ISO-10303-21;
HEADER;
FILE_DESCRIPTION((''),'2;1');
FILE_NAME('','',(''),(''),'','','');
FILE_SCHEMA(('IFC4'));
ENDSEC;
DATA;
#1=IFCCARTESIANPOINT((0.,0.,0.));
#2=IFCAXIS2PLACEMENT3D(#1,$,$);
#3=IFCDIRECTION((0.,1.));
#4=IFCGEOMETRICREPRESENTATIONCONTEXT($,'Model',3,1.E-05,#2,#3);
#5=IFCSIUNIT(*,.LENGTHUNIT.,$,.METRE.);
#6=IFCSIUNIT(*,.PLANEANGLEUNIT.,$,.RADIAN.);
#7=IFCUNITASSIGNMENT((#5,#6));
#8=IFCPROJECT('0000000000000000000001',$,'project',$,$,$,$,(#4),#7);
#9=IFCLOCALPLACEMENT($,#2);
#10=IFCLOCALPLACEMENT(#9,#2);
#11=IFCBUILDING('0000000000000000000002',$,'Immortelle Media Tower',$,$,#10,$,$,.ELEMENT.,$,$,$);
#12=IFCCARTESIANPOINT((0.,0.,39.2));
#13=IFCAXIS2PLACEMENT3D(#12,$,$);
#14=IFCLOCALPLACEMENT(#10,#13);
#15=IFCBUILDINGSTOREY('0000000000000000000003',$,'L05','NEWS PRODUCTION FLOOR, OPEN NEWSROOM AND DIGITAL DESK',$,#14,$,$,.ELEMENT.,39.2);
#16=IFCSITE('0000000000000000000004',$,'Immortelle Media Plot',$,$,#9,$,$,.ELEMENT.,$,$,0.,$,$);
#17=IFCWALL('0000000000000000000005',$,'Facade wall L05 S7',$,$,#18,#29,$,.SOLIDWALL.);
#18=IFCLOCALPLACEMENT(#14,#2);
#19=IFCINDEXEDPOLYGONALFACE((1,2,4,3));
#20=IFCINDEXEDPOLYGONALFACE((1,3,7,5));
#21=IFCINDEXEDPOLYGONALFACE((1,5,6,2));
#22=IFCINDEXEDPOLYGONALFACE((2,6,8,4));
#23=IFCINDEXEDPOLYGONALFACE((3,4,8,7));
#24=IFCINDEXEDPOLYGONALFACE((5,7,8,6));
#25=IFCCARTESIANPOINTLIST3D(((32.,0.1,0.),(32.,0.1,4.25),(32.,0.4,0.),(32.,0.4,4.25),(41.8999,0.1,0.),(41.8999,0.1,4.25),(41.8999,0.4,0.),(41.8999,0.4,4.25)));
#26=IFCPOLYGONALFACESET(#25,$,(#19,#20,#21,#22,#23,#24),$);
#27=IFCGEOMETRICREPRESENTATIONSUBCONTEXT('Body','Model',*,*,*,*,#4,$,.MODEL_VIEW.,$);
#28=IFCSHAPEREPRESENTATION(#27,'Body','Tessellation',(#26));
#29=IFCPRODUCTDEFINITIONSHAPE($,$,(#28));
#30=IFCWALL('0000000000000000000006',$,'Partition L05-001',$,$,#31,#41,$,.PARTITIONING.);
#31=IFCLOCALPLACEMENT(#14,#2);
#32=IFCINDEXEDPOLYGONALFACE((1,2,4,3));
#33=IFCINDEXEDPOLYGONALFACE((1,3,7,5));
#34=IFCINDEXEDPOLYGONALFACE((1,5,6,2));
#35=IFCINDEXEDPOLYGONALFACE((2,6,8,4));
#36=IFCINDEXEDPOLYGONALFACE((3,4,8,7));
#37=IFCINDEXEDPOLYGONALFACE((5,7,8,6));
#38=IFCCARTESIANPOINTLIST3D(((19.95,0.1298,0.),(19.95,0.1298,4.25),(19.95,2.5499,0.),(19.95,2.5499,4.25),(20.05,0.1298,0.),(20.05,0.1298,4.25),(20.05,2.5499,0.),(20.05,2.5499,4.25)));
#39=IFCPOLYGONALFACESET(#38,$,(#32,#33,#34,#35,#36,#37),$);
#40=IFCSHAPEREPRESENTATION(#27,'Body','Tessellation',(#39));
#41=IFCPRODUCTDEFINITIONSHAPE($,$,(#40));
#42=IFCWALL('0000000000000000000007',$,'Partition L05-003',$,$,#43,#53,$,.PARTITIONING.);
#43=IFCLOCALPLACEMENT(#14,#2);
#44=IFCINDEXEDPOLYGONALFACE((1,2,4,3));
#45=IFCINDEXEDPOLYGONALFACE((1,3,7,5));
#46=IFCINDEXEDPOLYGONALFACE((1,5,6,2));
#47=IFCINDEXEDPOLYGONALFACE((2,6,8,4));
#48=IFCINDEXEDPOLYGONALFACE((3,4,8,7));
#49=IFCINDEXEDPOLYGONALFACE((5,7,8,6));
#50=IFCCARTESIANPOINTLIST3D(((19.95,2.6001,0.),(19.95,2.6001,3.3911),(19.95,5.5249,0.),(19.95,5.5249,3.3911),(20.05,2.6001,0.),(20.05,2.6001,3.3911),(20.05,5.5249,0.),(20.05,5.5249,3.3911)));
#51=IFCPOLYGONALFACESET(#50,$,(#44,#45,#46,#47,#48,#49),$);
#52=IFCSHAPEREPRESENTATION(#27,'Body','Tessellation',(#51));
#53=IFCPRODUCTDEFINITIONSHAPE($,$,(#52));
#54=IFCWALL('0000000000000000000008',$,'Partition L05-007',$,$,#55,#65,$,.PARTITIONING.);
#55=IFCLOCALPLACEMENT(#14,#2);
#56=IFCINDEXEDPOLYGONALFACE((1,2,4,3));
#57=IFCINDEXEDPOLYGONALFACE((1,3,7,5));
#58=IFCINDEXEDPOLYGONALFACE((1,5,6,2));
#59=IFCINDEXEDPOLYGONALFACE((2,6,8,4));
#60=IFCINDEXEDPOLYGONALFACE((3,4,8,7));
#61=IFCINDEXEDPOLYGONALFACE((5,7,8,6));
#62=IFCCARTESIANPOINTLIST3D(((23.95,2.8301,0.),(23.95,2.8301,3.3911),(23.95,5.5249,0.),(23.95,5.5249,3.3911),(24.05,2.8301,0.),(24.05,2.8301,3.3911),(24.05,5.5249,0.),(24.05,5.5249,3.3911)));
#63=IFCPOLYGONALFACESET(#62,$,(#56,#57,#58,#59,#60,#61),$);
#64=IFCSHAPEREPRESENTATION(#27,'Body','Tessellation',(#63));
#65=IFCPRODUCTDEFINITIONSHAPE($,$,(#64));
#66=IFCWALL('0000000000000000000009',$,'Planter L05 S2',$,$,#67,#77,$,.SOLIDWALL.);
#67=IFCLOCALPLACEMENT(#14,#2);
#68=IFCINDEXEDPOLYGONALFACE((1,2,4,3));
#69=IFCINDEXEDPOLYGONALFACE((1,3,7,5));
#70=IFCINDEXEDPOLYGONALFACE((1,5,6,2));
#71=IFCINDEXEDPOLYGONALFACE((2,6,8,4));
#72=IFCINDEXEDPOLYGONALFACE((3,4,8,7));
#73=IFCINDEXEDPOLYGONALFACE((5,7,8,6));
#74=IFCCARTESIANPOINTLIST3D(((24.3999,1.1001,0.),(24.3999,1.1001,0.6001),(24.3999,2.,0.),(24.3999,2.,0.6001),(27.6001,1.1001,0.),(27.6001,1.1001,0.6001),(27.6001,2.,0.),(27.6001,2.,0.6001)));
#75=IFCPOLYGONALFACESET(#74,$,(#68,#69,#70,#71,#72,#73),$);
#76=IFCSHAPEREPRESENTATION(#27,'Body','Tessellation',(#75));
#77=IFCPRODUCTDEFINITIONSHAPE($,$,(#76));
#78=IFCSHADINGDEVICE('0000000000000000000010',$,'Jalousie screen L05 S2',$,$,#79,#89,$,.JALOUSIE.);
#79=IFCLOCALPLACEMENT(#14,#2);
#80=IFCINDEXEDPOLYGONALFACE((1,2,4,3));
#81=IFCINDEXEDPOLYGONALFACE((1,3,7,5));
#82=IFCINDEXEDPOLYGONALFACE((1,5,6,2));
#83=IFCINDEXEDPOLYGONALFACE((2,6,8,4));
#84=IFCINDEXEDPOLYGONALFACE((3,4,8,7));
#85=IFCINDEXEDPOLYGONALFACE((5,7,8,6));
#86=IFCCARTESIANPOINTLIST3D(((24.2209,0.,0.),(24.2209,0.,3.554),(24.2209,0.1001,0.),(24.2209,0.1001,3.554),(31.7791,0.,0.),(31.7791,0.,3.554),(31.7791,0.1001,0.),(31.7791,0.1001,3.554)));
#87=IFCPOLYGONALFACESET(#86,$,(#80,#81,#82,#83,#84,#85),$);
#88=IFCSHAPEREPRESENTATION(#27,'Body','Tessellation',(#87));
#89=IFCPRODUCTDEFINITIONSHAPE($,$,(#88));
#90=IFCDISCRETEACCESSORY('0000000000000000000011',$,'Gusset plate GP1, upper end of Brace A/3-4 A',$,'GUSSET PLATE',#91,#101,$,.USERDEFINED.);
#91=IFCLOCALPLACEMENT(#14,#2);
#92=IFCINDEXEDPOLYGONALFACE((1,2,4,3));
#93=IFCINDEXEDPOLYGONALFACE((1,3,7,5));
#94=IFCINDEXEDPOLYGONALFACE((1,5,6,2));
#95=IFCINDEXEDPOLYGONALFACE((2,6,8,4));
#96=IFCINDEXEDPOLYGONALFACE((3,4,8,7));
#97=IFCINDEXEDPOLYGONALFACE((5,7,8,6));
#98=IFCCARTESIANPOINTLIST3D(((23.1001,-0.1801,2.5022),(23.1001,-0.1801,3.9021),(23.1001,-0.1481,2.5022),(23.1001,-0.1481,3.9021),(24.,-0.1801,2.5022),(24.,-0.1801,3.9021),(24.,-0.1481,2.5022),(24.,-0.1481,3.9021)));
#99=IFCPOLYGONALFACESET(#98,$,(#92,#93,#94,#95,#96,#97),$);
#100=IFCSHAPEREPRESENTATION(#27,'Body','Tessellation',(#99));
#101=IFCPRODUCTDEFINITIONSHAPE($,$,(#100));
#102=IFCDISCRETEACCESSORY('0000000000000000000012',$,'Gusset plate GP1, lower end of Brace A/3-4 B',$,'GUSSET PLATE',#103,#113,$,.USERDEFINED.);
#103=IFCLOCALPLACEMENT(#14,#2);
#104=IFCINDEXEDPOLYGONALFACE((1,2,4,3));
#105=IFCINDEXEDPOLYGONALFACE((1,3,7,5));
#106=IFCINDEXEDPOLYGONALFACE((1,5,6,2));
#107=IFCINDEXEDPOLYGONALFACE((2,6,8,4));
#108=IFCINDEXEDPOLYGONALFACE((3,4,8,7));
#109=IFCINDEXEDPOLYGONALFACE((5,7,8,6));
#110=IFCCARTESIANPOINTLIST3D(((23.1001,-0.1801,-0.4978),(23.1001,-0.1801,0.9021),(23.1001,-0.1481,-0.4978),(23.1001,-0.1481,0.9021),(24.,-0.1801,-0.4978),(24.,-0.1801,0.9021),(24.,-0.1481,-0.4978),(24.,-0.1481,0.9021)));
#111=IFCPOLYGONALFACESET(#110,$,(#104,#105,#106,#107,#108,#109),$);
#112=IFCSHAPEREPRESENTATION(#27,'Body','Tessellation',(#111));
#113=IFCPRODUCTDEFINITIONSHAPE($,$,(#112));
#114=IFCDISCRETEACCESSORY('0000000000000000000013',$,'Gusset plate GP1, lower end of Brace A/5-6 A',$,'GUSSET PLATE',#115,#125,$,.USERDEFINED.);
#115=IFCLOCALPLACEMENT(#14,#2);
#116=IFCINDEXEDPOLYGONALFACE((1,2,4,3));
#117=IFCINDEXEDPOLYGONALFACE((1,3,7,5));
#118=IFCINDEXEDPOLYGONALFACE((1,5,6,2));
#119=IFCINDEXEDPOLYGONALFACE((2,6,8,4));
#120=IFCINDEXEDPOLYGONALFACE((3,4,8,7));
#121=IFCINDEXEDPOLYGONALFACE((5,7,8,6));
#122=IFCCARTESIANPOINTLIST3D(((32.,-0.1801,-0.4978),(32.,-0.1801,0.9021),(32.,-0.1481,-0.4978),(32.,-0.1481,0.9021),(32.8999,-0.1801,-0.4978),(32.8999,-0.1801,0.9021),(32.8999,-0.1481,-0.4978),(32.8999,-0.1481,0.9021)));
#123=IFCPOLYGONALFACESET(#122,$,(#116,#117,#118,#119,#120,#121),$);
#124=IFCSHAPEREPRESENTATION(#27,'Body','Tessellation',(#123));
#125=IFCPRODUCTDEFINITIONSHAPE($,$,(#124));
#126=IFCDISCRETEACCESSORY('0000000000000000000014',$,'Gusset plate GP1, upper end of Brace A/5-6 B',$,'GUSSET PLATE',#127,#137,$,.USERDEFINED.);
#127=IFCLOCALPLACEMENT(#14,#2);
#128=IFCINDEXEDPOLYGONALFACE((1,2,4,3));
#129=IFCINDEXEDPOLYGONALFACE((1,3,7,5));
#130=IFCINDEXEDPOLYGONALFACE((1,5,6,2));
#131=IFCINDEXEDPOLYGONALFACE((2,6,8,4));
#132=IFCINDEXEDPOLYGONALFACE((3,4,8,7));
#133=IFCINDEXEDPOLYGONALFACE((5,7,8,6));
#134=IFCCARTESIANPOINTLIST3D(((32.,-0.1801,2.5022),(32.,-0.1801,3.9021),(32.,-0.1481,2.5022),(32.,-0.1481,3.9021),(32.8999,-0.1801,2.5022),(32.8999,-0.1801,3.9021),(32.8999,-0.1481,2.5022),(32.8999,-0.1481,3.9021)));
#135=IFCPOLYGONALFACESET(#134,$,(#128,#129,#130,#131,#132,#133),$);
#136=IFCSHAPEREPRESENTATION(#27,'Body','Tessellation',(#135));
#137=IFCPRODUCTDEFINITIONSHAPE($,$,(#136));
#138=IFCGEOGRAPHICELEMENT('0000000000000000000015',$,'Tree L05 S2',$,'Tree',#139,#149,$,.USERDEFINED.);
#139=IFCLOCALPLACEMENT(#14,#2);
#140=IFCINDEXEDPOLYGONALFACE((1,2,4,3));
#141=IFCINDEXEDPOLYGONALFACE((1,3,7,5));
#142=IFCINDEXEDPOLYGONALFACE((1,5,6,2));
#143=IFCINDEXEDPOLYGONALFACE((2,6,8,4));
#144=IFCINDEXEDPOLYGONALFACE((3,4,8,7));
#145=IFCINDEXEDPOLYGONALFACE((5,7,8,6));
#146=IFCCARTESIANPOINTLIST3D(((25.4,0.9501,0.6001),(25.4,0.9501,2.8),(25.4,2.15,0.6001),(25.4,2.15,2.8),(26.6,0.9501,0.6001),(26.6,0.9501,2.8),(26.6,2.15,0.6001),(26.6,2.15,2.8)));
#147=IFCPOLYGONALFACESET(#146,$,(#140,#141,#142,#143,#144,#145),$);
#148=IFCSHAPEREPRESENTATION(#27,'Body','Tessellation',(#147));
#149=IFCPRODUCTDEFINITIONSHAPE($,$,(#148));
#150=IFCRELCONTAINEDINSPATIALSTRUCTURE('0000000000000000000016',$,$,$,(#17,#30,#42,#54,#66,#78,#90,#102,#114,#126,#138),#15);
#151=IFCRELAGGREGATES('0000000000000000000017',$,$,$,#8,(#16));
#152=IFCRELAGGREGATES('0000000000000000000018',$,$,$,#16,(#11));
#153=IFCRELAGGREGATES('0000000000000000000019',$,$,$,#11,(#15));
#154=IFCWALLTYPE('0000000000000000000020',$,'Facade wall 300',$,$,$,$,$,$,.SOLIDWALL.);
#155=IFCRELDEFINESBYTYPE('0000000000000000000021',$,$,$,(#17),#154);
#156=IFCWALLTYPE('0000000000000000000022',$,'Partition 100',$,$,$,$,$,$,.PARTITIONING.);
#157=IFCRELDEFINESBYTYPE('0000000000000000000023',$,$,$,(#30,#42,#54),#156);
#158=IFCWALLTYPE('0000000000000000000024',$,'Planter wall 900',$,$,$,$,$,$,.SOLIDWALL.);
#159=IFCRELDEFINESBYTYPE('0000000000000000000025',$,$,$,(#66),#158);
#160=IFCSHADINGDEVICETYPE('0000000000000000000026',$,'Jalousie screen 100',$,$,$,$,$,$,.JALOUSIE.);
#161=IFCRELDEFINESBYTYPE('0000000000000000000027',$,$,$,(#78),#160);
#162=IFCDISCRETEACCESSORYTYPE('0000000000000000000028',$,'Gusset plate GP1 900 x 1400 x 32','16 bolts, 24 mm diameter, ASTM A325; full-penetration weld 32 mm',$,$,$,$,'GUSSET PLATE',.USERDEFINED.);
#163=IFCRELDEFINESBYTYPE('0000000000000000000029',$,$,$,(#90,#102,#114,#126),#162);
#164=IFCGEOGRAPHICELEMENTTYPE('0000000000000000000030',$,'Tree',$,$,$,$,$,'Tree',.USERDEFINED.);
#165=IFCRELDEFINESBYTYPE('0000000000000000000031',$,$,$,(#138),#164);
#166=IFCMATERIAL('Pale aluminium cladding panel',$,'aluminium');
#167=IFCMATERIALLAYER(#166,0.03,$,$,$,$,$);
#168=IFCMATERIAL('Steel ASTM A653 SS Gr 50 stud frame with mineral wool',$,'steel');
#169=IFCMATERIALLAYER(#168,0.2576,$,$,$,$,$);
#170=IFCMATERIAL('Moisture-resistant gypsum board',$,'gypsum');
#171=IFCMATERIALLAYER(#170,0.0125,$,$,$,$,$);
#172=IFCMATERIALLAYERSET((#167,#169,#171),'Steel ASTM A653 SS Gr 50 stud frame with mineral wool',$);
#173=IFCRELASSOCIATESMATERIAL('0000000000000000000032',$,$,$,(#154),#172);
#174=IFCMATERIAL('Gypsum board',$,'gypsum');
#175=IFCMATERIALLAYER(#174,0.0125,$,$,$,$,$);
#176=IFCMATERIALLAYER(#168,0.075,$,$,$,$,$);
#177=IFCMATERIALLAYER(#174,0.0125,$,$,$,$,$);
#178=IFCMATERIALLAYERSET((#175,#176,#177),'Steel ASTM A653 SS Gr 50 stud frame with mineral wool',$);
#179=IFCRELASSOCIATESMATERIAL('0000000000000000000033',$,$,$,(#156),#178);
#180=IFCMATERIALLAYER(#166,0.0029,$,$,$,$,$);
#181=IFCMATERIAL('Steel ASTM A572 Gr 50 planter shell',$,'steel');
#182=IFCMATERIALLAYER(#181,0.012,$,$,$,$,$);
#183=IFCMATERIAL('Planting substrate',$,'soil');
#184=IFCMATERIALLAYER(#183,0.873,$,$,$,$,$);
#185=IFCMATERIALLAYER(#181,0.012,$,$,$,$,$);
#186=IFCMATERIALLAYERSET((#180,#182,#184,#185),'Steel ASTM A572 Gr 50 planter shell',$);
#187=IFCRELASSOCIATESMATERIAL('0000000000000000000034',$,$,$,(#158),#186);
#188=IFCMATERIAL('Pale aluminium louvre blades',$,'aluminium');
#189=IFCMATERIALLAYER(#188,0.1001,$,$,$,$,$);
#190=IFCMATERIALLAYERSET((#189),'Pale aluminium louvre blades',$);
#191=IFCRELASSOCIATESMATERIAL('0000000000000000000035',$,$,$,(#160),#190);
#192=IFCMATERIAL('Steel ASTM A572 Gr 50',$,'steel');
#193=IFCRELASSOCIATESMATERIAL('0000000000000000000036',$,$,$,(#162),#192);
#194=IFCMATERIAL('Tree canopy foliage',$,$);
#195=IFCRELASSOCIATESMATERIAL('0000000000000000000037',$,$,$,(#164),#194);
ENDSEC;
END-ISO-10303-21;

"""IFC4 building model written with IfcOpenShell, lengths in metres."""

from ifc_helpers import new_model, si_unit, direction, frame, frame_2d, origin, origin_2d, place, context, subcontext, project, spatial, rectangle, extrude, material, layer, layer_set, material_profile, profile_set, type_object, element, save


model = new_model("IFC4")

# Units and contexts
model_context = context("Model", 3, precision=1e-05, world=origin(), true_north=direction((0.0, 1.0)))
body_context = subcontext(model_context, "Body", "Model", "MODEL_VIEW")
ifc_project = project(units=[si_unit("LENGTHUNIT", "METRE"), si_unit("PLANEANGLEUNIT", "RADIAN")], contexts=[model_context])

# Site, building, storey
site_placement = place(None, origin())
site = spatial("IfcSite", under=ifc_project, at=site_placement, Name="Immortelle Media Plot", CompositionType="ELEMENT", RefElevation=0.0)
building_placement = place(site_placement, origin())
building = spatial("IfcBuilding", under=site, at=building_placement, Name="Immortelle Media Tower", CompositionType="ELEMENT")
storey_placement = place(building_placement, frame((0.0, 0.0, 39.2)))
storey = spatial("IfcBuildingStorey", under=building, at=storey_placement, Name="L05", Description="NEWS PRODUCTION FLOOR, OPEN NEWSROOM AND DIGITAL DESK", CompositionType="ELEMENT", Elevation=39.2)

# Shared definitions
ifc_material_1 = material(Name="Steel ASTM A653 SS Gr 50 stud frame with mineral wool", Category="steel")

# Shared definitions
ifc_material_2 = material(Name="Pale aluminium cladding panel", Category="aluminium")
ifc_layer_1 = layer(ifc_material_2, 0.03)
ifc_layer_2 = layer(ifc_material_1, 0.2576)
ifc_material_3 = material(Name="Moisture-resistant gypsum board", Category="gypsum")
ifc_layer_3 = layer(ifc_material_3, 0.0125)
ifc_layer_set_1 = layer_set([ifc_layer_1, ifc_layer_2, ifc_layer_3], Name="Steel ASTM A653 SS Gr 50 stud frame with mineral wool")
wall_type_1 = type_object("IfcWallType", Name="Facade wall 300", PredefinedType="SOLIDWALL", material=ifc_layer_set_1)

# Walls
wall_1_placement = place(storey_placement, frame((32.0, 0.25, 0.0), z_axis=(0.0, 0.0, 1.0), x_axis=(1.0, 0.0, 0.0)))
element("IfcWall", 1, at=wall_1_placement, inside=storey, type_object=wall_type_1, Name="Facade wall L05 S7", PredefinedType="SOLIDWALL", context=body_context, shape_type="SweptSolid", body=[
    extrude(rectangle(XDim=9.8999, YDim=0.3, at=frame_2d((4.95, 0.0))), origin(), (0.0, 0.0, 1.0), 4.25),
])
ifc_material_4 = material(Name="Gypsum board", Category="gypsum")
ifc_layer_4 = layer(ifc_material_4, 0.0125)
ifc_layer_5 = layer(ifc_material_1, 0.075)
ifc_layer_6 = layer(ifc_material_4, 0.0125)
ifc_layer_set_2 = layer_set([ifc_layer_4, ifc_layer_5, ifc_layer_6], Name="Steel ASTM A653 SS Gr 50 stud frame with mineral wool")
wall_type_2 = type_object("IfcWallType", Name="Partition 100", PredefinedType="PARTITIONING", material=ifc_layer_set_2)
wall_2_placement = place(storey_placement, frame((20.0, 0.1299, 0.0), z_axis=(0.0, 0.0, 1.0), x_axis=(0.0, 1.0, 0.0)))
element("IfcWall", 2, at=wall_2_placement, inside=storey, type_object=wall_type_2, Name="Partition L05-001", PredefinedType="PARTITIONING", context=body_context, shape_type="SweptSolid", body=[
    extrude(rectangle(XDim=2.4202, YDim=0.1001, at=frame_2d((1.21, 0.0))), origin(), (0.0, 0.0, 1.0), 4.25),
])
wall_3_placement = place(storey_placement, frame((20.0, 2.6001, 0.0), z_axis=(0.0, 0.0, 1.0), x_axis=(0.0, 1.0, 0.0)))
element("IfcWall", 3, at=wall_3_placement, inside=storey, type_object=wall_type_2, Name="Partition L05-003", PredefinedType="PARTITIONING", context=body_context, shape_type="SweptSolid", body=[
    extrude(rectangle(XDim=2.9248, YDim=0.1001, at=frame_2d((1.4624, 0.0))), origin(), (0.0, 0.0, 1.0), 3.3911),
])
wall_4_placement = place(storey_placement, frame((24.0, 2.8301, 0.0), z_axis=(0.0, 0.0, 1.0), x_axis=(0.0, 1.0, 0.0)))
element("IfcWall", 4, at=wall_4_placement, inside=storey, type_object=wall_type_2, Name="Partition L05-007", PredefinedType="PARTITIONING", context=body_context, shape_type="SweptSolid", body=[
    extrude(rectangle(XDim=2.6948, YDim=0.1001, at=frame_2d((1.3474, 0.0))), origin(), (0.0, 0.0, 1.0), 3.3911),
])
ifc_layer_7 = layer(ifc_material_2, 0.0029)
ifc_material_5 = material(Name="Steel ASTM A572 Gr 50 planter shell", Category="steel")
ifc_layer_8 = layer(ifc_material_5, 0.012)
ifc_material_6 = material(Name="Planting substrate", Category="soil")
ifc_layer_9 = layer(ifc_material_6, 0.873)
ifc_layer_10 = layer(ifc_material_5, 0.012)
ifc_layer_set_3 = layer_set([ifc_layer_7, ifc_layer_8, ifc_layer_9, ifc_layer_10], Name="Steel ASTM A572 Gr 50 planter shell")
wall_type_3 = type_object("IfcWallType", Name="Planter wall 900", PredefinedType="SOLIDWALL", material=ifc_layer_set_3)
wall_5_placement = place(storey_placement, frame((24.3999, 1.55, 0.0), z_axis=(0.0, 0.0, 1.0), x_axis=(1.0, 0.0, 0.0)))
element("IfcWall", 5, at=wall_5_placement, inside=storey, type_object=wall_type_3, Name="Planter L05 S2", PredefinedType="SOLIDWALL", context=body_context, shape_type="SweptSolid", body=[
    extrude(rectangle(XDim=3.2002, YDim=0.8999, at=frame_2d((1.6001, 0.0))), origin(), (0.0, 0.0, 1.0), 0.6001),
])

# Shading device
ifc_material_7 = material(Name="Pale aluminium louvre blades", Category="aluminium")
ifc_layer_11 = layer(ifc_material_7, 0.1001)
ifc_layer_set_4 = layer_set([ifc_layer_11], Name="Pale aluminium louvre blades")
shading_device_type = type_object("IfcShadingDeviceType", Name="Jalousie screen 100", PredefinedType="JALOUSIE", material=ifc_layer_set_4)
shading_device_placement = place(storey_placement, frame((28.0, 0.05, 0.0), z_axis=(0.0, 0.0, 1.0), x_axis=(1.0, 0.0, 0.0)))
element("IfcShadingDevice", 6, at=shading_device_placement, inside=storey, type_object=shading_device_type, Name="Jalousie screen L05 S2", PredefinedType="JALOUSIE", context=body_context, shape_type="SweptSolid", body=[
    extrude(rectangle(XDim=7.5581, YDim=0.1001, at=origin_2d()), origin(), (0.0, 0.0, 1.0), 3.554),
])

# Discrete accessories
ifc_material_8 = material(Name="Steel ASTM A572 Gr 50", Category="steel")
ifc_material_profile_1 = material_profile(ifc_material_8, rectangle(XDim=0.032, YDim=1.3999, at=origin_2d()), Name="PL 32 x 1400")
ifc_profile_set_1 = profile_set([ifc_material_profile_1], Name="Steel ASTM A572 Gr 50")
discrete_accessory_type = type_object("IfcDiscreteAccessoryType", Name="Gusset plate GP1 900 x 1400 x 32", Description="16 bolts, 24 mm diameter, ASTM A325; full-penetration weld 32 mm", ElementType="GUSSET PLATE", PredefinedType="USERDEFINED", material=ifc_profile_set_1)
for number, where, z_axis, x_axis, name in (
    (7, (24.0, -0.1641, 3.2021), (-1.0, 0.0, 0.0), (0.0, -1.0, 0.0), "Gusset plate GP1, upper end of Brace A/3-4 A"),
    (8, (24.0, -0.1641, 0.2021), (-1.0, 0.0, 0.0), (0.0, -1.0, 0.0), "Gusset plate GP1, lower end of Brace A/3-4 B"),
    (9, (32.0, -0.1641, 0.2021), (1.0, 0.0, 0.0), (0.0, 1.0, 0.0), "Gusset plate GP1, lower end of Brace A/5-6 A"),
    (10, (32.0, -0.1641, 3.2021), (1.0, 0.0, 0.0), (0.0, 1.0, 0.0), "Gusset plate GP1, upper end of Brace A/5-6 B"),
):
    element("IfcDiscreteAccessory", number, at=place(storey_placement, frame(where, z_axis=z_axis, x_axis=x_axis)), inside=storey, type_object=discrete_accessory_type, Name=name, ObjectType="GUSSET PLATE", PredefinedType="USERDEFINED", context=body_context, shape_type="SweptSolid", body=[
        extrude(rectangle(XDim=0.032, YDim=1.3999, at=origin_2d()), origin(), (0.0, 0.0, 1.0), 0.8999),
    ])

# Geographic element
ifc_material_9 = material(Name="Tree canopy foliage")
geographic_element_type = type_object("IfcGeographicElementType", Name="Tree", ElementType="Tree", PredefinedType="USERDEFINED", material=ifc_material_9)
geographic_element_placement = place(storey_placement, frame((26.0, 1.55, 0.6001), z_axis=(0.0, 0.0, 1.0), x_axis=(1.0, 0.0, 0.0)))
element("IfcGeographicElement", 11, at=geographic_element_placement, inside=storey, type_object=geographic_element_type, Name="Tree L05 S2", ObjectType="Tree", PredefinedType="USERDEFINED", context=body_context, shape_type="SweptSolid", body=[
    extrude(rectangle(XDim=1.2, YDim=1.2, at=origin_2d()), origin(), (0.0, 0.0, 1.0), 2.2),
])

save(model, "model.ifc")
